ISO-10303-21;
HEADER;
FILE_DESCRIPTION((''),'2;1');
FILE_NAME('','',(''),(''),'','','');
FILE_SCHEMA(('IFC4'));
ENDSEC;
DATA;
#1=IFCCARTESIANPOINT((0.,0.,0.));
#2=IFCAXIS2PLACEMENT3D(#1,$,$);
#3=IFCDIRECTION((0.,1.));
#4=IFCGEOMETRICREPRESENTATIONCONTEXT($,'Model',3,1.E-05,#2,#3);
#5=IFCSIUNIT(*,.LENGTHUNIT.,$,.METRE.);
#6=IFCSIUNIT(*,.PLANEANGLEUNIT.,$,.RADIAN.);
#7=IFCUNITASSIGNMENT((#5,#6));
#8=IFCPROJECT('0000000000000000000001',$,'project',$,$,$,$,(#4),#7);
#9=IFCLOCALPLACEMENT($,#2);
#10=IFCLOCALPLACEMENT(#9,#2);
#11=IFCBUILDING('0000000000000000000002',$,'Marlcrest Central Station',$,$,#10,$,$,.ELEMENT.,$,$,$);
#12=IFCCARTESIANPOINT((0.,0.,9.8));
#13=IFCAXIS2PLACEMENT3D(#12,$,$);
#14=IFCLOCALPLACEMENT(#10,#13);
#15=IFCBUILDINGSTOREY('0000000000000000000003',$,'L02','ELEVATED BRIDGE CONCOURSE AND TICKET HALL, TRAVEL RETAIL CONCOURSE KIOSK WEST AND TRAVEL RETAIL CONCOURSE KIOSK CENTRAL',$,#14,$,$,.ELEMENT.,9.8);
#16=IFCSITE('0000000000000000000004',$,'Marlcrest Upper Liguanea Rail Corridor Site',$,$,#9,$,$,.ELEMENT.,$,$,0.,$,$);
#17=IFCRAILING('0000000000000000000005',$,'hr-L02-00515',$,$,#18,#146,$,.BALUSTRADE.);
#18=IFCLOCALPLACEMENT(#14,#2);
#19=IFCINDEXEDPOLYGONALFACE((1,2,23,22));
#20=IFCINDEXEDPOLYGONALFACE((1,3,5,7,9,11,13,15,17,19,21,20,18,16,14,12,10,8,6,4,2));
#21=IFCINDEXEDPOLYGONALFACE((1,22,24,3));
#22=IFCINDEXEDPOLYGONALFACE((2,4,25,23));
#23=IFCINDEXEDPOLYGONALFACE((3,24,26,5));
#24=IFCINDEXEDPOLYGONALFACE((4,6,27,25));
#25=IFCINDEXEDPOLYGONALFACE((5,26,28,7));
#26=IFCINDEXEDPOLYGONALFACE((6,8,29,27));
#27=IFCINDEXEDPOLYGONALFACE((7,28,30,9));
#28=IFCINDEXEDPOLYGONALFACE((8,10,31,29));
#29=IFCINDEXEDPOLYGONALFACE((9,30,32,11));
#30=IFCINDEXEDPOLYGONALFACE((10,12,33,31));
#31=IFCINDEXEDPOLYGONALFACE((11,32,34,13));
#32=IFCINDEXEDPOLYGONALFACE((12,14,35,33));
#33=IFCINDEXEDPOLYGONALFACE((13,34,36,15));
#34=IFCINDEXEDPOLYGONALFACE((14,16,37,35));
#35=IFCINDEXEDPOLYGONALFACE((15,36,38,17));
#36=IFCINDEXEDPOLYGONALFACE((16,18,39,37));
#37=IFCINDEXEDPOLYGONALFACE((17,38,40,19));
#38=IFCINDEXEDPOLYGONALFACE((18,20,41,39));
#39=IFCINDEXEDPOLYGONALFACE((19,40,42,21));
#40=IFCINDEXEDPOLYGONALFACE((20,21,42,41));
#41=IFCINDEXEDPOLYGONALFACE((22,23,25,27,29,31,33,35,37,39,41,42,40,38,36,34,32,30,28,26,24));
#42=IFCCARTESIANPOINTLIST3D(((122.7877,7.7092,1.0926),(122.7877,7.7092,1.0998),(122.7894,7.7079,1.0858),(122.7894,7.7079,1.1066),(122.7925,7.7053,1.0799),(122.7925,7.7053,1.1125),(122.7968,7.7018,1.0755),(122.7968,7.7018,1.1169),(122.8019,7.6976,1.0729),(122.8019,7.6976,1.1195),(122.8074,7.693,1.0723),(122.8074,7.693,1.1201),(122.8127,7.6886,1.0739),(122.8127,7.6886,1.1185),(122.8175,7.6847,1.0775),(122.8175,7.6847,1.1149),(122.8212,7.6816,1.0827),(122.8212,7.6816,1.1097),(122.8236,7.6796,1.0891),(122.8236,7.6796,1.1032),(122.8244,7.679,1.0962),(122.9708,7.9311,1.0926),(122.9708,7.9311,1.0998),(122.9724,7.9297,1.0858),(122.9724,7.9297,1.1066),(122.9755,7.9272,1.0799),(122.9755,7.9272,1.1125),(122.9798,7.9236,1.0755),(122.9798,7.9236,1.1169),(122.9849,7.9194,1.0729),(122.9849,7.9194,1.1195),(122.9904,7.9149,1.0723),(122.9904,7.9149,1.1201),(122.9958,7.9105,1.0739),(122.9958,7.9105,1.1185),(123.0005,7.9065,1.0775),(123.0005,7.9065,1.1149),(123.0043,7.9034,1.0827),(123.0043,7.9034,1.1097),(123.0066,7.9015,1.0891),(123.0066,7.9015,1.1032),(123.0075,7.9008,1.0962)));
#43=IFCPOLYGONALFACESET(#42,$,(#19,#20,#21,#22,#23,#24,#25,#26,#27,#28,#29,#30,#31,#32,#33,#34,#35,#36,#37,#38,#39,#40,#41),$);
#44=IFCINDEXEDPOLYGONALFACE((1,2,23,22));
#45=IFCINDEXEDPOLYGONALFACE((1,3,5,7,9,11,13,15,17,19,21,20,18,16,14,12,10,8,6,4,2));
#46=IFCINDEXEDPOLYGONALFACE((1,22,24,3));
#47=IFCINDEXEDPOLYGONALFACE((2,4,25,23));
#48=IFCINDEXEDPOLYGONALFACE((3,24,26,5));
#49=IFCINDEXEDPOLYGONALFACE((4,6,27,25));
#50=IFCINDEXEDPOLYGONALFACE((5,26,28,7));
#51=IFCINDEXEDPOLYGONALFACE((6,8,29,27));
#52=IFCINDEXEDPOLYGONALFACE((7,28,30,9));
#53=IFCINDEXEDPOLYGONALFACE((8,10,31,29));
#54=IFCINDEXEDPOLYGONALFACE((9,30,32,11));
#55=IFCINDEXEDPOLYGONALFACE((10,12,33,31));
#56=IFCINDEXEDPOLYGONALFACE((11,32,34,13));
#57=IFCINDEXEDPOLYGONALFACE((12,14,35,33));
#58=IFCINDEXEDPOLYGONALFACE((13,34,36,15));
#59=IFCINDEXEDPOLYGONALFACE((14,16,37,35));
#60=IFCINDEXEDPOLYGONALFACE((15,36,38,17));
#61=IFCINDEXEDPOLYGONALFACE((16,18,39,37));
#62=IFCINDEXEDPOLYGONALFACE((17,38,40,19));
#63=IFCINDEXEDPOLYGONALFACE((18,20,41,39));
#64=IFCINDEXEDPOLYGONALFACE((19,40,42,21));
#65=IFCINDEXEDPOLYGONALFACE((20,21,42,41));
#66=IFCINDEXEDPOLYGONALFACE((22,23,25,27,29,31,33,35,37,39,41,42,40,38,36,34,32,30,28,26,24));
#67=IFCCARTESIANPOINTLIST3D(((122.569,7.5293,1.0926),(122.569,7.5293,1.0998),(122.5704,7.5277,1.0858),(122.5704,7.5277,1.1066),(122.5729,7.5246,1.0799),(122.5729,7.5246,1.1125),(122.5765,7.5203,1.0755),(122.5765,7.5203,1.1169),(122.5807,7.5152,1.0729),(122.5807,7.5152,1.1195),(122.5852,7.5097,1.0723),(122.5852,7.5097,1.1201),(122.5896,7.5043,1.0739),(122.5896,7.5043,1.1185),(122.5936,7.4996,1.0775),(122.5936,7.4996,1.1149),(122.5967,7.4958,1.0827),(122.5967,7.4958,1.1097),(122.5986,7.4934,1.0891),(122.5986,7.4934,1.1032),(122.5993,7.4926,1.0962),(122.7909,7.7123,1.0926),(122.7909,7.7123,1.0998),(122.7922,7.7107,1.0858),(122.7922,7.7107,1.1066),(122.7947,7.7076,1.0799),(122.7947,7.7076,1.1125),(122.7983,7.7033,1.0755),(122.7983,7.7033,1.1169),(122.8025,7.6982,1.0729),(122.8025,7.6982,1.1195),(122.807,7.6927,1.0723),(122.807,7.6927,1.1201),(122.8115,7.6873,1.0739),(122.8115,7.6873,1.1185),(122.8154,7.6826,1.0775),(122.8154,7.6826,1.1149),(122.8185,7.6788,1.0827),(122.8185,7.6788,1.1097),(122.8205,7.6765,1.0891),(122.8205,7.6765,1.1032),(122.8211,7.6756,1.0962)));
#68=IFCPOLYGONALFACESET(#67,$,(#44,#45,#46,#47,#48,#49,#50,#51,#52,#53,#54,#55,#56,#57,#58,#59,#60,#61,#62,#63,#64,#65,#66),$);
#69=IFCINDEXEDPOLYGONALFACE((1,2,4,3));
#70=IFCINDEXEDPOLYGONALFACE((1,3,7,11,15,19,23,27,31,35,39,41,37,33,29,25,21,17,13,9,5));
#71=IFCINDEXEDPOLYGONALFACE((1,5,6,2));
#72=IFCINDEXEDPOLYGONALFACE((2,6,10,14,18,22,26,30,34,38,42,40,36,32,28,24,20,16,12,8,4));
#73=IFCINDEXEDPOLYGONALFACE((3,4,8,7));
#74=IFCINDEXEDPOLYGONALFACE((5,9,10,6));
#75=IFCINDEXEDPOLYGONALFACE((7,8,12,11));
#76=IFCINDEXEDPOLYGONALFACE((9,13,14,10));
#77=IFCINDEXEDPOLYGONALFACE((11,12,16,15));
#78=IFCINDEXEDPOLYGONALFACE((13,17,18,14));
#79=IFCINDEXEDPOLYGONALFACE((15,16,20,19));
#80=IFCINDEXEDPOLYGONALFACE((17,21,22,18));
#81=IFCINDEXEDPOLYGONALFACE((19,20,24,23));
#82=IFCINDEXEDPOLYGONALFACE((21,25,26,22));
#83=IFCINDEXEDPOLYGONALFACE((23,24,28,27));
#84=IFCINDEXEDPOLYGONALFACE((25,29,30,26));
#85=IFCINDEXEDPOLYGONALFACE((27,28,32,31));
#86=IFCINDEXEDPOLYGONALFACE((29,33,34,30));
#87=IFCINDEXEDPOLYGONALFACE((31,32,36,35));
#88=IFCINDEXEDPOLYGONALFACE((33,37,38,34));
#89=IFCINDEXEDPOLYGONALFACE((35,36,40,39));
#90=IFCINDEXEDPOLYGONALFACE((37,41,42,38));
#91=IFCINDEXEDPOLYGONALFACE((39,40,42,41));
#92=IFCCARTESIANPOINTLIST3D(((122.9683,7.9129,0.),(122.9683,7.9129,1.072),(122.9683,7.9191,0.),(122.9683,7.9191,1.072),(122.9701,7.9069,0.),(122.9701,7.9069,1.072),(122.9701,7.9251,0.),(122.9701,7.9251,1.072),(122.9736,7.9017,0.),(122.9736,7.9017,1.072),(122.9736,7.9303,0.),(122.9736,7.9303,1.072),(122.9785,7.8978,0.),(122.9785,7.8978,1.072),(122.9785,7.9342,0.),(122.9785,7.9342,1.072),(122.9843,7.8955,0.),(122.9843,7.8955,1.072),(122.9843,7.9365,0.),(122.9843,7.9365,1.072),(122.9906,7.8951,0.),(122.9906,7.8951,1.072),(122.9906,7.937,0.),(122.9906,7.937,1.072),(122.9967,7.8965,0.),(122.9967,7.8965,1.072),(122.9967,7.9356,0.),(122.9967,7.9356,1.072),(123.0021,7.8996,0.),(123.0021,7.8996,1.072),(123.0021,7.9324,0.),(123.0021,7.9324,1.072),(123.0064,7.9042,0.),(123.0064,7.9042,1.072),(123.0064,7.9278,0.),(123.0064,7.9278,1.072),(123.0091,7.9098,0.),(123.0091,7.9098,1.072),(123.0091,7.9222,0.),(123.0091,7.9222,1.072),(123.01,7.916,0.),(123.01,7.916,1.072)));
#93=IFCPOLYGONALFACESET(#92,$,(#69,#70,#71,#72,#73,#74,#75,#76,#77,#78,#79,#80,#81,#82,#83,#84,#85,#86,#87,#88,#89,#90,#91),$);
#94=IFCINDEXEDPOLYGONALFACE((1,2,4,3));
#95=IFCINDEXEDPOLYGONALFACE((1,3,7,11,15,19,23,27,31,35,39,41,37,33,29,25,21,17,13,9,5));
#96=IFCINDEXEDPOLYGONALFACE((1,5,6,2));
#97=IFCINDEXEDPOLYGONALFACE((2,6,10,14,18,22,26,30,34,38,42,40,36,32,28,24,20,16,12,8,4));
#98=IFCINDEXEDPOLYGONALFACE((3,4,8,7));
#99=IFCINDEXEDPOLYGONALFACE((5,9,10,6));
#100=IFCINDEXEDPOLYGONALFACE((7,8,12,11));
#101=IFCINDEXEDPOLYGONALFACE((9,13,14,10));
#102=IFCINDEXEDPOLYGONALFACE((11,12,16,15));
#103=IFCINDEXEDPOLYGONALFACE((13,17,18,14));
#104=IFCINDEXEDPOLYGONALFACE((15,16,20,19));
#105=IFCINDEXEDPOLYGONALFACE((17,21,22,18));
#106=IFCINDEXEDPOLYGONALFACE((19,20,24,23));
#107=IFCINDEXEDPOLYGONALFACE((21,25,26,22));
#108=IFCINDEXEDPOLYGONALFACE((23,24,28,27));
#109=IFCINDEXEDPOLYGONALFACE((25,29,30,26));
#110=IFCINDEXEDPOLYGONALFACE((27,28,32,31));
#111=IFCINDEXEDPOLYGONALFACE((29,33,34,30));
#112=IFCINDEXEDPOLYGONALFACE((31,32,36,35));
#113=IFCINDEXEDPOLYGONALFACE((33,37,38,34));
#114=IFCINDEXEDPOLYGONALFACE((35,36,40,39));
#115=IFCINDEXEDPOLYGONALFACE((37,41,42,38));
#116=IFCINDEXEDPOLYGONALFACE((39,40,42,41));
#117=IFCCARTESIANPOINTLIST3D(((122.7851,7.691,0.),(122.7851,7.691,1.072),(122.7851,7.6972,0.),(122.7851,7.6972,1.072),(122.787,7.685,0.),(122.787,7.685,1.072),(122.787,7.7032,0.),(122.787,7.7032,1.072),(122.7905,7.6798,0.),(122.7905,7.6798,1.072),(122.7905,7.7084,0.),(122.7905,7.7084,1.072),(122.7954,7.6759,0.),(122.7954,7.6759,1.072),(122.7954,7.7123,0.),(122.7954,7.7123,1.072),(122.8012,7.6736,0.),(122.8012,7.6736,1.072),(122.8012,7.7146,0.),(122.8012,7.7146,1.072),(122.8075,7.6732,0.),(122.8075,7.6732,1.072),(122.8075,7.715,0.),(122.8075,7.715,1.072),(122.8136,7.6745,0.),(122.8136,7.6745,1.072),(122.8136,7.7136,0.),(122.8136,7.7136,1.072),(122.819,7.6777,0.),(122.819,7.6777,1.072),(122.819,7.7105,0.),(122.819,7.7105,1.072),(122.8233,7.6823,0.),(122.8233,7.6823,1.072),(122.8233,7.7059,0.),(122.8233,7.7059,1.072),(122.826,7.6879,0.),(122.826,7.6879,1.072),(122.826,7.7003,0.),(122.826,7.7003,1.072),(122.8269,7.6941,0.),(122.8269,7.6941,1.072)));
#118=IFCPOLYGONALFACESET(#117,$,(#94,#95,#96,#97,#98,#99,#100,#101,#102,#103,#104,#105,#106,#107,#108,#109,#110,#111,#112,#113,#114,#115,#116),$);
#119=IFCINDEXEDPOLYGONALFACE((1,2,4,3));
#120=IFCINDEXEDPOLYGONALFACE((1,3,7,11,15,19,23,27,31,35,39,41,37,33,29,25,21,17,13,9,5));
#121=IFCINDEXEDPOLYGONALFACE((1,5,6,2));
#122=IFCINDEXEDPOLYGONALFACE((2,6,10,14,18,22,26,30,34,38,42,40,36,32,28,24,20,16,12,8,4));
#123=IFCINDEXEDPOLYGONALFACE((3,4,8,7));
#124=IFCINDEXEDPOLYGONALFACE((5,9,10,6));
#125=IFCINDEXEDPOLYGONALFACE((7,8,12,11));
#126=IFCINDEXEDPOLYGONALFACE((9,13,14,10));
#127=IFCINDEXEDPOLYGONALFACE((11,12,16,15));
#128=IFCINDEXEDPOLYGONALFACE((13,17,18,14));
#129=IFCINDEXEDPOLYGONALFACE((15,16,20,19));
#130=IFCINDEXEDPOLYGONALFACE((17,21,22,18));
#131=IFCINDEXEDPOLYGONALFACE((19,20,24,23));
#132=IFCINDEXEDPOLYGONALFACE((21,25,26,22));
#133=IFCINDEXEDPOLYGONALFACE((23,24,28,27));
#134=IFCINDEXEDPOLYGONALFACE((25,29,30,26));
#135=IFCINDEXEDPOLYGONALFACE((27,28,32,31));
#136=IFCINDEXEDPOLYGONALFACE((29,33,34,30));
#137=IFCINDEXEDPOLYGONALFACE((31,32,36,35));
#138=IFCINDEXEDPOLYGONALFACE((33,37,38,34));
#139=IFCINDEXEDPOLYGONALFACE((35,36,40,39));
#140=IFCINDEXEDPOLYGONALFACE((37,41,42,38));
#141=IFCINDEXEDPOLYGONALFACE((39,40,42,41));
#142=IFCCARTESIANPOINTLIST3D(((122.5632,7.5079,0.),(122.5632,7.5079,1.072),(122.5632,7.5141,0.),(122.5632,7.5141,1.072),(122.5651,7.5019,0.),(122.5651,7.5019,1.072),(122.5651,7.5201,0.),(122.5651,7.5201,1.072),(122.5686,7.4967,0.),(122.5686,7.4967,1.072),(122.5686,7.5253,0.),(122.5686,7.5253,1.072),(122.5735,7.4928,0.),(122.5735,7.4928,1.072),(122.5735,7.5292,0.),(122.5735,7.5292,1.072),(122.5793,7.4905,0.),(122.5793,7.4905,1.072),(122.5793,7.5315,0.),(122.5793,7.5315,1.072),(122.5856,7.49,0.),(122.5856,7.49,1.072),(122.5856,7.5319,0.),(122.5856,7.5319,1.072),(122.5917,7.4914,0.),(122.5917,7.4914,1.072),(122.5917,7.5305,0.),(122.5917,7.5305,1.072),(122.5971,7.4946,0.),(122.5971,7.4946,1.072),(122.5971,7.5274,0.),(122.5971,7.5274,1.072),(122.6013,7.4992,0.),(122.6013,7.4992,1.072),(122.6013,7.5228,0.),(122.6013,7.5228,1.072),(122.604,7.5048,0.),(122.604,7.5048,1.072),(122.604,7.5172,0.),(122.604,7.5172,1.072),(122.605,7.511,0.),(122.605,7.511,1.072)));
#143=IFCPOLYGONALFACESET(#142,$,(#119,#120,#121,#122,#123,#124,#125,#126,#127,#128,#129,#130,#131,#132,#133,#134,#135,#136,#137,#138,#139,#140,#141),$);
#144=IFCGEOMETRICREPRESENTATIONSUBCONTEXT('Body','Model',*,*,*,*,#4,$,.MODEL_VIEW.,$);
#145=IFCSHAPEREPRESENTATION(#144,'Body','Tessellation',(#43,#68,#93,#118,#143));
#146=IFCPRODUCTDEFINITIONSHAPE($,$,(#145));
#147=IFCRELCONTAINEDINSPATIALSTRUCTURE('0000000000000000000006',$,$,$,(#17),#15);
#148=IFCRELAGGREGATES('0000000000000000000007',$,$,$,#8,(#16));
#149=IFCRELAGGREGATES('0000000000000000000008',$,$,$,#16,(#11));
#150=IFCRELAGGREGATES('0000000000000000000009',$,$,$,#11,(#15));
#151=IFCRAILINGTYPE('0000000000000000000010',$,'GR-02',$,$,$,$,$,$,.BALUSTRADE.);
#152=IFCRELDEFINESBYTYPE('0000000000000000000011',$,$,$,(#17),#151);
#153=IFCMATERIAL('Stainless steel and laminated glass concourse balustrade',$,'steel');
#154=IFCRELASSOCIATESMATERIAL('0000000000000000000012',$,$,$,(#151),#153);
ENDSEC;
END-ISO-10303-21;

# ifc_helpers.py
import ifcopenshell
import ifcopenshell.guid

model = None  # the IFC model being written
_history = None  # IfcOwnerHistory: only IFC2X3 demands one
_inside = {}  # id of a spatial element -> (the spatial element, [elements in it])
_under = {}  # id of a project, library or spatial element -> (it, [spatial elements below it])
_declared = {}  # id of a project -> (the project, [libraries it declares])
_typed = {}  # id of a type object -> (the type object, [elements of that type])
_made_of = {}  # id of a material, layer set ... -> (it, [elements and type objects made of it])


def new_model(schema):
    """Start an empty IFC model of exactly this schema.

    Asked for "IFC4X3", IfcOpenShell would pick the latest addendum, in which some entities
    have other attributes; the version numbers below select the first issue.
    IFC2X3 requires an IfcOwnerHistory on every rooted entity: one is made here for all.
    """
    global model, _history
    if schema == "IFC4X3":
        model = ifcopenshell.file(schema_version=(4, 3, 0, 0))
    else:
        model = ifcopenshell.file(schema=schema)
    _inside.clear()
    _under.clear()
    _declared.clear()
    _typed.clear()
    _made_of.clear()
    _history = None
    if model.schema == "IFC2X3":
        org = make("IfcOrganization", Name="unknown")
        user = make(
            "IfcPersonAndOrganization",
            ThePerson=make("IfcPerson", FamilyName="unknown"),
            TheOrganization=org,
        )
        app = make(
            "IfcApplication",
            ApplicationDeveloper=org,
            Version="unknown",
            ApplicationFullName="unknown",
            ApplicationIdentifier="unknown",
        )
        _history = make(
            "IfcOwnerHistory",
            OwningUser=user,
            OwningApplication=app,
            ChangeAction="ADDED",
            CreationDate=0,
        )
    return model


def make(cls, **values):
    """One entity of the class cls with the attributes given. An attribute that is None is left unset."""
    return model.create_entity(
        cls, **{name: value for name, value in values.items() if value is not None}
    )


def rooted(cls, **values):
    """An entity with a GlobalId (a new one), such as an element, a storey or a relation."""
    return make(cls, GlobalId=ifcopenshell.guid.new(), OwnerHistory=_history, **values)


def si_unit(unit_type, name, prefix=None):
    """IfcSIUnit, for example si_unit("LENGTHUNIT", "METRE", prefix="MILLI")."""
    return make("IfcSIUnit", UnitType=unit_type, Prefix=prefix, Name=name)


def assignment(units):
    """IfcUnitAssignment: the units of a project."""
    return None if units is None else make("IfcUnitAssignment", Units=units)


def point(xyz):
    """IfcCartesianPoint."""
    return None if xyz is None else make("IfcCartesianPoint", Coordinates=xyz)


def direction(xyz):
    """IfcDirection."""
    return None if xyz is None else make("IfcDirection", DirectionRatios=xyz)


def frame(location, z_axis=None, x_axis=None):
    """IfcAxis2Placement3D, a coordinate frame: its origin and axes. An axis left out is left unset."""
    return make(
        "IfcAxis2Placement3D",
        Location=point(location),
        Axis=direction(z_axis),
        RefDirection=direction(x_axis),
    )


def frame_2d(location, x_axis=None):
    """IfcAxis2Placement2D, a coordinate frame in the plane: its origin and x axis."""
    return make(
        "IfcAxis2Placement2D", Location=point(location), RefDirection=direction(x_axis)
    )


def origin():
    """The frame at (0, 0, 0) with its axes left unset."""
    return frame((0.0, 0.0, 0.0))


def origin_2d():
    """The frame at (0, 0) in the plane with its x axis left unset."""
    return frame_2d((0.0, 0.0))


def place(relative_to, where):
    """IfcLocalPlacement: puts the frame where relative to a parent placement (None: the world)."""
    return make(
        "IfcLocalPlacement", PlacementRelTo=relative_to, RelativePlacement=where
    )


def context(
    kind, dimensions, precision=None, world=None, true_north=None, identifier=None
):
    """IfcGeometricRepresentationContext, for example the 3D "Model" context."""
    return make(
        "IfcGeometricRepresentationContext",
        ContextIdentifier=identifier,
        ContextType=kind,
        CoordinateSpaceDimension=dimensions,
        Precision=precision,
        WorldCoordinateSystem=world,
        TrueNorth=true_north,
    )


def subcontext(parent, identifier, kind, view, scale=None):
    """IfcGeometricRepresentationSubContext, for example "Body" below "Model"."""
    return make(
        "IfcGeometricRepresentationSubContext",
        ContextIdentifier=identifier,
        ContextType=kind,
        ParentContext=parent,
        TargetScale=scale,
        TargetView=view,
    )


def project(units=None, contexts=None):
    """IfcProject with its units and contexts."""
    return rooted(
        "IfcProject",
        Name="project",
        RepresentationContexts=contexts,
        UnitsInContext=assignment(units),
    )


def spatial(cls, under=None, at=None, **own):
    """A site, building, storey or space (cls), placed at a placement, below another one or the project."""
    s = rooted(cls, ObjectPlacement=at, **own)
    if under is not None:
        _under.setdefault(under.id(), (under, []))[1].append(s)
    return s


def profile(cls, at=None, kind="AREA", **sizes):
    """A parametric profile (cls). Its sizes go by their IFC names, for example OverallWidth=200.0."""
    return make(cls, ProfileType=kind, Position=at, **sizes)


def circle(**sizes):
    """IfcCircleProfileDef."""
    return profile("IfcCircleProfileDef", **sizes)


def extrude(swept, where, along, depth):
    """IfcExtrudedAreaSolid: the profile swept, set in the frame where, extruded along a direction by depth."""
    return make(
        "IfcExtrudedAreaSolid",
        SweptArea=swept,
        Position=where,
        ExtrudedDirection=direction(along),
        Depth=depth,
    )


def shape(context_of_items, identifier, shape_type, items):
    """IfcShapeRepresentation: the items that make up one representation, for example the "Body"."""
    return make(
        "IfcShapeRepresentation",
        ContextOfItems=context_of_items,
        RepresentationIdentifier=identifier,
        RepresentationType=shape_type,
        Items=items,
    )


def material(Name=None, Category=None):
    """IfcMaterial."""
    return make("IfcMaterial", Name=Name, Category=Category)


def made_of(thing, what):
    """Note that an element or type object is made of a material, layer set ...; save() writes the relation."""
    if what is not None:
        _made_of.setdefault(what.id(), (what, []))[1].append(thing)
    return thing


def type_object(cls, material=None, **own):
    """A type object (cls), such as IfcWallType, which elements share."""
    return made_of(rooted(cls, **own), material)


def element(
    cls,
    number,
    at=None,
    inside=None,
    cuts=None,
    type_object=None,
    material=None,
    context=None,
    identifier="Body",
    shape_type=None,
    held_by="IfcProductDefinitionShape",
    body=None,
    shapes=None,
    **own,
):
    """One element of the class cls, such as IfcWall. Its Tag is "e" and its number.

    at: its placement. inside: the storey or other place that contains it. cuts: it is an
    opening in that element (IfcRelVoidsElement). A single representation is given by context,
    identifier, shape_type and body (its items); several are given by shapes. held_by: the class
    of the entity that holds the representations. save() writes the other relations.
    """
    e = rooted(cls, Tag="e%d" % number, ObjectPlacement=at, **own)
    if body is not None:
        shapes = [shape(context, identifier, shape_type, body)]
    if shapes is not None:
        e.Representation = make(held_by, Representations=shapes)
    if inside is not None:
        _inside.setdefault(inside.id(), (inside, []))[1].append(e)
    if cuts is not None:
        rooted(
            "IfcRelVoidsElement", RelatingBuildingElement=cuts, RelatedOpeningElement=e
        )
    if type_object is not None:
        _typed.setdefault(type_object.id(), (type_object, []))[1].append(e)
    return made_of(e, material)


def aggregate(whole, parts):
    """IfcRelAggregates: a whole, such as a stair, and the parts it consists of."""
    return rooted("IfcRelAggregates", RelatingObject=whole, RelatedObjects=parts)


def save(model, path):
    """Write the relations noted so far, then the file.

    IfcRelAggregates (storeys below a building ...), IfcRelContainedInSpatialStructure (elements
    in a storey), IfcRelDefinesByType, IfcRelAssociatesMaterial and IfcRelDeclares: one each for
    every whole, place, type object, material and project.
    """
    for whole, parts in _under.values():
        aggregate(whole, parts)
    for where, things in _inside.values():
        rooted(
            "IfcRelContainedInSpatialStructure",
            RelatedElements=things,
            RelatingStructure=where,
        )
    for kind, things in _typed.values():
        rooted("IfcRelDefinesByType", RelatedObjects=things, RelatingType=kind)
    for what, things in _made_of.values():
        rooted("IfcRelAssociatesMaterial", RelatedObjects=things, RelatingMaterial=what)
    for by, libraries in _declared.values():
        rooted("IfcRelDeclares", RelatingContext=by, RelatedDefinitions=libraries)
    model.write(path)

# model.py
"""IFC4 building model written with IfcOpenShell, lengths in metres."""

from ifc_helpers import new_model, si_unit, direction, frame, origin, origin_2d, place, context, subcontext, project, spatial, circle, extrude, material, type_object, element, save


model = new_model("IFC4")

# Units and contexts
model_context = context("Model", 3, precision=1e-05, world=origin(), true_north=direction((0.0, 1.0)))
body_context = subcontext(model_context, "Body", "Model", "MODEL_VIEW")
ifc_project = project(units=[si_unit("LENGTHUNIT", "METRE"), si_unit("PLANEANGLEUNIT", "RADIAN")], contexts=[model_context])

# Site, building, storey
site_placement = place(None, origin())
site = spatial("IfcSite", under=ifc_project, at=site_placement, Name="Marlcrest Upper Liguanea Rail Corridor Site", CompositionType="ELEMENT", RefElevation=0.0)
building_placement = place(site_placement, origin())
building = spatial("IfcBuilding", under=site, at=building_placement, Name="Marlcrest Central Station", CompositionType="ELEMENT")
storey_placement = place(building_placement, frame((0.0, 0.0, 9.8)))
storey = spatial("IfcBuildingStorey", under=building, at=storey_placement, Name="L02", Description="ELEVATED BRIDGE CONCOURSE AND TICKET HALL, TRAVEL RETAIL CONCOURSE KIOSK WEST AND TRAVEL RETAIL CONCOURSE KIOSK CENTRAL", CompositionType="ELEMENT", Elevation=9.8)

# Railing
ifc_material_1 = material(Name="Stainless steel and laminated glass concourse balustrade", Category="steel")
railing_type = type_object("IfcRailingType", Name="GR-02", PredefinedType="BALUSTRADE", material=ifc_material_1)
railing_1_placement = place(storey_placement, frame((122.989, 7.916, 0.0)))
element("IfcRailing", 1, at=railing_1_placement, inside=storey, type_object=railing_type, Name="hr-L02-00515", PredefinedType="BALUSTRADE", context=body_context, shape_type="SweptSolid", body=[
    extrude(circle(Radius=0.0239, at=origin_2d()), frame((0.0, 0.0, 1.0962), z_axis=(-0.636421, -0.771342, 0.0), x_axis=(0.771342, -0.636421, 0.0)), (0.0, 0.0, 1.0), 0.2876),
    extrude(circle(Radius=0.0239, at=origin_2d()), frame((-0.1831, -0.2219, 1.0962), z_axis=(-0.771342, -0.636421, 0.0), x_axis=(0.636421, -0.771342, 0.0)), (0.0, 0.0, 1.0), 0.2876),
    extrude(circle(Radius=0.021, at=origin_2d()), origin(), (0.0, 0.0, 1.0), 1.072),
    extrude(circle(Radius=0.021, at=origin_2d()), frame((-0.1831, -0.2219, 0.0)), (0.0, 0.0, 1.0), 1.072),
    extrude(circle(Radius=0.021, at=origin_2d()), frame((-0.405, -0.405, 0.0)), (0.0, 0.0, 1.0), 1.072),
])

save(model, "model.ifc")
